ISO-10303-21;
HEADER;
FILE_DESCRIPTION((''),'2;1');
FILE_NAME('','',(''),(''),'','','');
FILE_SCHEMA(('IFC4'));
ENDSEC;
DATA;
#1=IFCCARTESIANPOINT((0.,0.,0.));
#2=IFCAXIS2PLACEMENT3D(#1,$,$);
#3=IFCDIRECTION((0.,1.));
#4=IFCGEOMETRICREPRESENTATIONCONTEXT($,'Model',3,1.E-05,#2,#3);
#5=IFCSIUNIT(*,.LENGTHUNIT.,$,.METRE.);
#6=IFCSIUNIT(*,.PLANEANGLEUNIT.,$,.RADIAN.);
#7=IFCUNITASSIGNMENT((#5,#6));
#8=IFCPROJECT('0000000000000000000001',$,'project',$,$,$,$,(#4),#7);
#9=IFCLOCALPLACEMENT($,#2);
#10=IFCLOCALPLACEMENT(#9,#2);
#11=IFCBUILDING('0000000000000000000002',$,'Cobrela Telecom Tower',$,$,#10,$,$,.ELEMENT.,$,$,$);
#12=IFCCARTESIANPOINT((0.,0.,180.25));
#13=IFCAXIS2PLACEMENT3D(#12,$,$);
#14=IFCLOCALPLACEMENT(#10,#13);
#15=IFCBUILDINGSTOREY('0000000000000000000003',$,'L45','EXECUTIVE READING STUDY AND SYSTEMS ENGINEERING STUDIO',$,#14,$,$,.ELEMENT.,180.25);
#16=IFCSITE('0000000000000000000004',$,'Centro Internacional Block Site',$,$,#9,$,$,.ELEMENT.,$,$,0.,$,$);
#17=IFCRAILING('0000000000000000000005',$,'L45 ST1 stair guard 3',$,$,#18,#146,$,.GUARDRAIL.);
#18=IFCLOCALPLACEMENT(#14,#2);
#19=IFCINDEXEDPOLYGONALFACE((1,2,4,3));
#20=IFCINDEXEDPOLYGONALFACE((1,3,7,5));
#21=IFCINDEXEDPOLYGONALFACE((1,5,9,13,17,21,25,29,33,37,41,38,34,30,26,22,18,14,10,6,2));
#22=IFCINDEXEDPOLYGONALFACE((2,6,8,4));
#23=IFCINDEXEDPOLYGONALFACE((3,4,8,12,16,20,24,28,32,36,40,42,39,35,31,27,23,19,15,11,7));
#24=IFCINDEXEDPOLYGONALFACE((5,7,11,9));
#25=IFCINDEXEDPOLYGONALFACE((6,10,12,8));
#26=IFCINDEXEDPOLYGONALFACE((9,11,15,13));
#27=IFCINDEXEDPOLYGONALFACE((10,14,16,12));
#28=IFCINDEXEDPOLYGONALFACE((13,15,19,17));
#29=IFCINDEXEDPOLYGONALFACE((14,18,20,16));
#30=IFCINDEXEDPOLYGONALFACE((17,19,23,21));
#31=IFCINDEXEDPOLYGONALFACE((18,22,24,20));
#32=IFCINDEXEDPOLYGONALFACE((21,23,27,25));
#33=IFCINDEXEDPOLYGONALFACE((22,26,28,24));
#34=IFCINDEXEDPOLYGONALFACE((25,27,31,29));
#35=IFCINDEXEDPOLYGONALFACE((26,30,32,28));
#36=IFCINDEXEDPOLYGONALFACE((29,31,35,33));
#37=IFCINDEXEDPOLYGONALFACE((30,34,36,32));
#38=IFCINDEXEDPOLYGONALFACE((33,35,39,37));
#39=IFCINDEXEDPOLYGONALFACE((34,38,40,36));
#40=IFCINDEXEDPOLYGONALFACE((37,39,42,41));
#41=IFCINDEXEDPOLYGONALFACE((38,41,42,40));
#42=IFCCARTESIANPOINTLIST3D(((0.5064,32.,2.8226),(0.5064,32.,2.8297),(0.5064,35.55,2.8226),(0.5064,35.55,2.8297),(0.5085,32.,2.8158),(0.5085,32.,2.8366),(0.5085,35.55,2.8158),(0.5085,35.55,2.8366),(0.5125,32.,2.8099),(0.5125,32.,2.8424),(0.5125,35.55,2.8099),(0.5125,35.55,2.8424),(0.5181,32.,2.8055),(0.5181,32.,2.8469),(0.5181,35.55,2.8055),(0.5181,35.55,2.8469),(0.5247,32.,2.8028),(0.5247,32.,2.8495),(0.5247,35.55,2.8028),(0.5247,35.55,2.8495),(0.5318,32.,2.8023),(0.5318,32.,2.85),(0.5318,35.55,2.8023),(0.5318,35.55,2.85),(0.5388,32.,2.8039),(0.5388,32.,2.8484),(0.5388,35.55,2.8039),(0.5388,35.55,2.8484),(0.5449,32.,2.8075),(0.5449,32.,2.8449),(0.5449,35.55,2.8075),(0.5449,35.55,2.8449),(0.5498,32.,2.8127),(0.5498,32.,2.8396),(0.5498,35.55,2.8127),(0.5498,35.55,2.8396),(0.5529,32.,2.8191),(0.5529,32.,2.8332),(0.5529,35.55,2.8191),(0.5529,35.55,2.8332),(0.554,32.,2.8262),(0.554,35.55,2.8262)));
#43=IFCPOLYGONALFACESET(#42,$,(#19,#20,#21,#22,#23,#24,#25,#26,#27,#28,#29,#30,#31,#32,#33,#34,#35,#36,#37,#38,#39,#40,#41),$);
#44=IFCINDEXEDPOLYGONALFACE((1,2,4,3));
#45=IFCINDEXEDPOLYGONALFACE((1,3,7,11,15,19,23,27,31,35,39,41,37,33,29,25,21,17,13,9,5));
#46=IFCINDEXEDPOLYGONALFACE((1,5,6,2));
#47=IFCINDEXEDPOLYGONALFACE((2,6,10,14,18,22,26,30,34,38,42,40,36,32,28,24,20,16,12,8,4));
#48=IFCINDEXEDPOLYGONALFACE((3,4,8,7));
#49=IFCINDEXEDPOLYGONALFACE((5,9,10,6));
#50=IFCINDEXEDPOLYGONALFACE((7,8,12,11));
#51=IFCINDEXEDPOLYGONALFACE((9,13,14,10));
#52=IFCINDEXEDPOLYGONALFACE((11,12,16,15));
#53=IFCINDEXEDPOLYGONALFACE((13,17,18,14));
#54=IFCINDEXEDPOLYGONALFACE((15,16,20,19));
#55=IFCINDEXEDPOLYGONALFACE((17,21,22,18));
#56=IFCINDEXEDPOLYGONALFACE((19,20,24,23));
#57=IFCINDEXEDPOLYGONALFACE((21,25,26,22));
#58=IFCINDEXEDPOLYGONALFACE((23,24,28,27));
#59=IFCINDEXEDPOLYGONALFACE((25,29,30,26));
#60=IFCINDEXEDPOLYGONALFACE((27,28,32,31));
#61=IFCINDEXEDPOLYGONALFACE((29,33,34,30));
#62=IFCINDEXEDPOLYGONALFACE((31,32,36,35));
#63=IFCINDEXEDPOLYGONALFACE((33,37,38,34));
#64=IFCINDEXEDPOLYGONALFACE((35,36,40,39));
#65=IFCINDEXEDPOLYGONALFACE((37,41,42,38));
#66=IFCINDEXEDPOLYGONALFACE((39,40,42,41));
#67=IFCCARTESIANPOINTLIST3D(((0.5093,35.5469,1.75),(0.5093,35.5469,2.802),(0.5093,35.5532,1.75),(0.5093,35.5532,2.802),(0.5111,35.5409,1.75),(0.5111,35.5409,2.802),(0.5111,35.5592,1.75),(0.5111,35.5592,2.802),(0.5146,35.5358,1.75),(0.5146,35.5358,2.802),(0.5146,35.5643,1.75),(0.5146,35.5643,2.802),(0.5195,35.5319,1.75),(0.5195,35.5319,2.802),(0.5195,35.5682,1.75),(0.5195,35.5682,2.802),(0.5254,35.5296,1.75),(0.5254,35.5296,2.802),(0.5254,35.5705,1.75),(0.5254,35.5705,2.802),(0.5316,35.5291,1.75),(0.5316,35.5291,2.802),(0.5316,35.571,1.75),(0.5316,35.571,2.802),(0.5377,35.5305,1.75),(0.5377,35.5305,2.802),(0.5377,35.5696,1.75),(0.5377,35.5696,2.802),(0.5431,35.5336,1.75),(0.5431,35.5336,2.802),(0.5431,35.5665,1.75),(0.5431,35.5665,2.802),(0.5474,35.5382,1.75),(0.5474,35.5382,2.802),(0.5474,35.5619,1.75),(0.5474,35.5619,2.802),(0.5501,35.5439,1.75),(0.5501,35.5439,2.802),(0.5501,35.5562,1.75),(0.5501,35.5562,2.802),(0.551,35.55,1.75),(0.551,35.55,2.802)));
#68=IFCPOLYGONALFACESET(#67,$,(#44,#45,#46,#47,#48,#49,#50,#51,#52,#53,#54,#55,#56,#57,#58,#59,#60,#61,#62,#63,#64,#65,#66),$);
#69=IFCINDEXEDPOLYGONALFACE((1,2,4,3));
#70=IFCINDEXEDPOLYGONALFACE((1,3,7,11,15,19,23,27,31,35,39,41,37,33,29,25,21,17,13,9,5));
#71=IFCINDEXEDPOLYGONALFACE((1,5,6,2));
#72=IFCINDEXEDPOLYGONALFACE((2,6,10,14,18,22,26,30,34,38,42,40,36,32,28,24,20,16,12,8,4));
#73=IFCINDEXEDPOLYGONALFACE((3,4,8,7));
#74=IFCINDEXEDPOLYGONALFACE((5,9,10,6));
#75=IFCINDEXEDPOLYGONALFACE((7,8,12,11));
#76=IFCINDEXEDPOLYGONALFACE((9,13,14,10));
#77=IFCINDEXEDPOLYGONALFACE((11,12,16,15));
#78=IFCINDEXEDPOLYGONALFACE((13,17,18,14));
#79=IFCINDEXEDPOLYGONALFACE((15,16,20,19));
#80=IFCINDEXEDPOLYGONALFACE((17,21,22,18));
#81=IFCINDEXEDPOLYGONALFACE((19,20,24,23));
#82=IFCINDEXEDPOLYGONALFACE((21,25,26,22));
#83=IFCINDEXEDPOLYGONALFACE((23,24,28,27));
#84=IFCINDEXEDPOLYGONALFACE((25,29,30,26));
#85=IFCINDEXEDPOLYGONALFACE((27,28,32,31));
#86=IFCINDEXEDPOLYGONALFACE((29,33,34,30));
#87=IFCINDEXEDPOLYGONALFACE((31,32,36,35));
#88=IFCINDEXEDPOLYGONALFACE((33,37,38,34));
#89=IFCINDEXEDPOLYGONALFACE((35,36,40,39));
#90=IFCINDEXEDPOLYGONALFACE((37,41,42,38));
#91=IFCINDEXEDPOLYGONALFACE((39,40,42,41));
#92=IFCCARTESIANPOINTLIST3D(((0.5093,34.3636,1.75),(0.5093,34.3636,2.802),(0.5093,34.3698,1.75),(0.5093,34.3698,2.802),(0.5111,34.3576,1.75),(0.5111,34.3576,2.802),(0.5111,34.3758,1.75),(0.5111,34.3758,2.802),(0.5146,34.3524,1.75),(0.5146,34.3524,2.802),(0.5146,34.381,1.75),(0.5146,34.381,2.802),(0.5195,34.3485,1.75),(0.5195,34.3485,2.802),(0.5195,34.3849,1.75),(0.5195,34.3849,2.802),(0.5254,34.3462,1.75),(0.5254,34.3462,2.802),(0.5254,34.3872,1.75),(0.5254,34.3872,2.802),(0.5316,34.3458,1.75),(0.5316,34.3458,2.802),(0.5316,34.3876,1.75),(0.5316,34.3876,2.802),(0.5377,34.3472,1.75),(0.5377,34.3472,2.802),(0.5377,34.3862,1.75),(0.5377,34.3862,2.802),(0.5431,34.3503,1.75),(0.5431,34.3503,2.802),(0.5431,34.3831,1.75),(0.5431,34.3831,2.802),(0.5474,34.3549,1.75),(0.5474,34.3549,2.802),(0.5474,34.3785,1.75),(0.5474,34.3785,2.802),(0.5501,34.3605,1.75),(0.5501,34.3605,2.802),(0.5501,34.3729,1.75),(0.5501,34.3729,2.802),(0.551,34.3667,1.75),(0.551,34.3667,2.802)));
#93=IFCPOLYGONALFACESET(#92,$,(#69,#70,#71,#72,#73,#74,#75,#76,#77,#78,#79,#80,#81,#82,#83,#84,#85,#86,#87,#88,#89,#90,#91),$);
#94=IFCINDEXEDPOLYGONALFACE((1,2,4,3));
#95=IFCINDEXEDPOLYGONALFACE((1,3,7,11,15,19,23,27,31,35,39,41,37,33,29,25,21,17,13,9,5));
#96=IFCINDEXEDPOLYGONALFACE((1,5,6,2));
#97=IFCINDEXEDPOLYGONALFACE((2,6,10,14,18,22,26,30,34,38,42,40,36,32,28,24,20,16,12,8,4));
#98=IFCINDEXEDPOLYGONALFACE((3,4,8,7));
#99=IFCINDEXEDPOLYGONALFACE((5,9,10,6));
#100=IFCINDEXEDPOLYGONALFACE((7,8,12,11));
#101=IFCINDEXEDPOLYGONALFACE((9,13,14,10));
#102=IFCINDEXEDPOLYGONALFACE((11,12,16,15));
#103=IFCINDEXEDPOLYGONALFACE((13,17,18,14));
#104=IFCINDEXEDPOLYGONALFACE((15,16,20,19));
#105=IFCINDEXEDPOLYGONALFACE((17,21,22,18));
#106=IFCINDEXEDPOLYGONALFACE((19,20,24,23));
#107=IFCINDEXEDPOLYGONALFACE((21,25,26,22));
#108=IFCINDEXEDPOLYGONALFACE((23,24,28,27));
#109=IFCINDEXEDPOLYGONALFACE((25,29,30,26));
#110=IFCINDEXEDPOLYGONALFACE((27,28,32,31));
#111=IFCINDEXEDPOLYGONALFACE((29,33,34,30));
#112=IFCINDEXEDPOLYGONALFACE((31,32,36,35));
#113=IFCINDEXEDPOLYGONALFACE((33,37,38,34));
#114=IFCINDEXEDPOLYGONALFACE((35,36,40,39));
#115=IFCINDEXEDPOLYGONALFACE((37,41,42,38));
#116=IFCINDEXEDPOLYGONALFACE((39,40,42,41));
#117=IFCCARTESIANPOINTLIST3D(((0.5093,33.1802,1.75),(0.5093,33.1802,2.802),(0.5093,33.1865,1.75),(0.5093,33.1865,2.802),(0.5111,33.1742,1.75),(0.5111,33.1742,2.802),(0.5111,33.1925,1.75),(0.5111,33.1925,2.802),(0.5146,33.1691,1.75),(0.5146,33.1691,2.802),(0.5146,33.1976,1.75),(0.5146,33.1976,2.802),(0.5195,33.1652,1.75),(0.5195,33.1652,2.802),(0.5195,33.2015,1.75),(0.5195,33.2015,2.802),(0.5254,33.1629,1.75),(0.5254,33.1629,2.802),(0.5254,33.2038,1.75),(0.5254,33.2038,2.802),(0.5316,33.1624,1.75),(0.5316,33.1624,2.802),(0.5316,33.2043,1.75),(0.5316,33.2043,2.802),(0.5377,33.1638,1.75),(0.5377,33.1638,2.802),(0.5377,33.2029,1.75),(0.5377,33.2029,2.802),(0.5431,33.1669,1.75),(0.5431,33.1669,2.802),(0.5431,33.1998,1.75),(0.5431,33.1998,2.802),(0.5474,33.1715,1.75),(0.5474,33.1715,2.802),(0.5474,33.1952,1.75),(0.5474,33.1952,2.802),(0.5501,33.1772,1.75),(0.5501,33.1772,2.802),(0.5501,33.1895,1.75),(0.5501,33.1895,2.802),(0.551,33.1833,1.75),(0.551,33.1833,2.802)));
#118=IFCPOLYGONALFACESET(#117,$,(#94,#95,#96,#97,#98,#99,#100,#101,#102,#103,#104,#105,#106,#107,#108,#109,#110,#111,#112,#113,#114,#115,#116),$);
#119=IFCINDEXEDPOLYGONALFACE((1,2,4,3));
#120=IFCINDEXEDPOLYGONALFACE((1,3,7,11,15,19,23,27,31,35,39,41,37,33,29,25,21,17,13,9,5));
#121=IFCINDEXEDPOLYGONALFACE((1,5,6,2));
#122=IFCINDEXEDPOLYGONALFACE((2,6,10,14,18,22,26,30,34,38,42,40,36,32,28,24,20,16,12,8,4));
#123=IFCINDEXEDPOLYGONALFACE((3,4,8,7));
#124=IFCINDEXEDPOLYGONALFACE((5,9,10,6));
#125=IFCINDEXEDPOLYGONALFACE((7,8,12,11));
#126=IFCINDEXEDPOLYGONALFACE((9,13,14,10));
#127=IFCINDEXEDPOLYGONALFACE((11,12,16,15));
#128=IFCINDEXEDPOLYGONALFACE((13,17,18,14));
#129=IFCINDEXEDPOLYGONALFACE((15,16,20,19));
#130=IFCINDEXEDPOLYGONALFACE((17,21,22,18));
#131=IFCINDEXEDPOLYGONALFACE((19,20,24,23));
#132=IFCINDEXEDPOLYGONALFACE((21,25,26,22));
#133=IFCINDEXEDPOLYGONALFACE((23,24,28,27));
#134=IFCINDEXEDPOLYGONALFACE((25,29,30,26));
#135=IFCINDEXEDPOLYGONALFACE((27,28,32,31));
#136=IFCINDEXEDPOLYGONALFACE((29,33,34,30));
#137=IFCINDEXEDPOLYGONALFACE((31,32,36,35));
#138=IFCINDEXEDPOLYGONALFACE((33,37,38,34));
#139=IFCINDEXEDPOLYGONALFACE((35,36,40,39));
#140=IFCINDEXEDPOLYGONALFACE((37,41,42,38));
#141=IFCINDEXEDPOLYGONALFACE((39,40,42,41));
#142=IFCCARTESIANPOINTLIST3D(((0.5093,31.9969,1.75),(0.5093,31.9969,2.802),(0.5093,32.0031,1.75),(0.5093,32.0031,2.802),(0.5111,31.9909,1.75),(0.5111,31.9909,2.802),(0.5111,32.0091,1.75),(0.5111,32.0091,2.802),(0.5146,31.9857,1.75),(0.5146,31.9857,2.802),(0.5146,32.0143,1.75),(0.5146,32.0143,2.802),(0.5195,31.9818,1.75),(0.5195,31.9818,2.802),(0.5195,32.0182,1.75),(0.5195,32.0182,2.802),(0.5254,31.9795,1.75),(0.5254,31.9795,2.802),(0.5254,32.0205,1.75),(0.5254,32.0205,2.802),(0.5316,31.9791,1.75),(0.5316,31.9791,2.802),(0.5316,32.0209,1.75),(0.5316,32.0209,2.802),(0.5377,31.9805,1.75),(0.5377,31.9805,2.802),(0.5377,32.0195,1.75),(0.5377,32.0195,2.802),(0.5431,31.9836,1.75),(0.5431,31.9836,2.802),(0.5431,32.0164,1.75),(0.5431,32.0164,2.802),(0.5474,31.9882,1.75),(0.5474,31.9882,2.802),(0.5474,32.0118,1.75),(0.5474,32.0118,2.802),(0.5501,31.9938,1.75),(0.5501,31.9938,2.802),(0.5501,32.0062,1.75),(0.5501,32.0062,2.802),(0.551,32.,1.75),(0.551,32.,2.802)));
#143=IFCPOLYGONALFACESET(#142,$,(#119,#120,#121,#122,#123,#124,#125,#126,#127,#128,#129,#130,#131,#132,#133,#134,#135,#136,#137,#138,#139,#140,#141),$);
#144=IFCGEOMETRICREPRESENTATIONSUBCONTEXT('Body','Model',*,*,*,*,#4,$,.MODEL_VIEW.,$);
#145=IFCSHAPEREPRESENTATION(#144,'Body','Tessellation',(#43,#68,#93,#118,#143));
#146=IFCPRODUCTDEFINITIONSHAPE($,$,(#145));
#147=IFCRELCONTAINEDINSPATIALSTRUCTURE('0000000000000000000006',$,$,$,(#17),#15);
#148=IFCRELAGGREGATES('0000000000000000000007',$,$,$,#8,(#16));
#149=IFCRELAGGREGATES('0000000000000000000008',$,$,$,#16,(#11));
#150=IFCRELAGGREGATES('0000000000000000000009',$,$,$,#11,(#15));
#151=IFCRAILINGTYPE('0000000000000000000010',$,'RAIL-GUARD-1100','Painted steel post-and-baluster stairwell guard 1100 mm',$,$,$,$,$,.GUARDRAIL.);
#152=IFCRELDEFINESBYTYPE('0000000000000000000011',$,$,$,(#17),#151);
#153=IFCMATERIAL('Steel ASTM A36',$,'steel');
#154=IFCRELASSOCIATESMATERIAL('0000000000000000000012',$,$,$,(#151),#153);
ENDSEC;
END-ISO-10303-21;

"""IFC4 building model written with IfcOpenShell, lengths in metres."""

from ifc_helpers import new_model, si_unit, direction, frame, origin, origin_2d, place, context, subcontext, project, spatial, circle, extrude, material, type_object, element, save


model = new_model("IFC4")

# Units and contexts
model_context = context("Model", 3, precision=1e-05, world=origin(), true_north=direction((0.0, 1.0)))
body_context = subcontext(model_context, "Body", "Model", "MODEL_VIEW")
ifc_project = project(units=[si_unit("LENGTHUNIT", "METRE"), si_unit("PLANEANGLEUNIT", "RADIAN")], contexts=[model_context])

# Site, building, storey
site_placement = place(None, origin())
site = spatial("IfcSite", under=ifc_project, at=site_placement, Name="Centro Internacional Block Site", CompositionType="ELEMENT", RefElevation=0.0)
building_placement = place(site_placement, origin())
building = spatial("IfcBuilding", under=site, at=building_placement, Name="Cobrela Telecom Tower", CompositionType="ELEMENT")
storey_placement = place(building_placement, frame((0.0, 0.0, 180.25)))
storey = spatial("IfcBuildingStorey", under=building, at=storey_placement, Name="L45", Description="EXECUTIVE READING STUDY AND SYSTEMS ENGINEERING STUDIO", CompositionType="ELEMENT", Elevation=180.25)

# Shared definitions
ifc_material_1 = material(Name="Steel ASTM A36", Category="steel")

# Railing
railing_type_1 = type_object("IfcRailingType", Name="RAIL-GUARD-1100", Description="Painted steel post-and-baluster stairwell guard 1100 mm", PredefinedType="GUARDRAIL", material=ifc_material_1)
railing_1_placement = place(storey_placement, frame((0.53, 35.55, 1.75)))
element("IfcRailing", 1, at=railing_1_placement, inside=storey, type_object=railing_type_1, Name="L45 ST1 stair guard 3", PredefinedType="GUARDRAIL", context=body_context, shape_type="SweptSolid", body=[
    extrude(circle(Radius=0.0239, at=origin_2d()), frame((0.0, 0.0, 1.0762), z_axis=(0.0, -1.0, 0.0), x_axis=(1.0, 0.0, 0.0)), (0.0, 0.0, 1.0), 3.55),
    extrude(circle(Radius=0.021, at=origin_2d()), origin(), (0.0, 0.0, 1.0), 1.052),
    extrude(circle(Radius=0.021, at=origin_2d()), frame((0.0, -1.1833, 0.0)), (0.0, 0.0, 1.0), 1.052),
    extrude(circle(Radius=0.021, at=origin_2d()), frame((0.0, -2.3667, 0.0)), (0.0, 0.0, 1.0), 1.052),
    extrude(circle(Radius=0.021, at=origin_2d()), frame((0.0, -3.55, 0.0)), (0.0, 0.0, 1.0), 1.052),
])

save(model, "model.ifc")
